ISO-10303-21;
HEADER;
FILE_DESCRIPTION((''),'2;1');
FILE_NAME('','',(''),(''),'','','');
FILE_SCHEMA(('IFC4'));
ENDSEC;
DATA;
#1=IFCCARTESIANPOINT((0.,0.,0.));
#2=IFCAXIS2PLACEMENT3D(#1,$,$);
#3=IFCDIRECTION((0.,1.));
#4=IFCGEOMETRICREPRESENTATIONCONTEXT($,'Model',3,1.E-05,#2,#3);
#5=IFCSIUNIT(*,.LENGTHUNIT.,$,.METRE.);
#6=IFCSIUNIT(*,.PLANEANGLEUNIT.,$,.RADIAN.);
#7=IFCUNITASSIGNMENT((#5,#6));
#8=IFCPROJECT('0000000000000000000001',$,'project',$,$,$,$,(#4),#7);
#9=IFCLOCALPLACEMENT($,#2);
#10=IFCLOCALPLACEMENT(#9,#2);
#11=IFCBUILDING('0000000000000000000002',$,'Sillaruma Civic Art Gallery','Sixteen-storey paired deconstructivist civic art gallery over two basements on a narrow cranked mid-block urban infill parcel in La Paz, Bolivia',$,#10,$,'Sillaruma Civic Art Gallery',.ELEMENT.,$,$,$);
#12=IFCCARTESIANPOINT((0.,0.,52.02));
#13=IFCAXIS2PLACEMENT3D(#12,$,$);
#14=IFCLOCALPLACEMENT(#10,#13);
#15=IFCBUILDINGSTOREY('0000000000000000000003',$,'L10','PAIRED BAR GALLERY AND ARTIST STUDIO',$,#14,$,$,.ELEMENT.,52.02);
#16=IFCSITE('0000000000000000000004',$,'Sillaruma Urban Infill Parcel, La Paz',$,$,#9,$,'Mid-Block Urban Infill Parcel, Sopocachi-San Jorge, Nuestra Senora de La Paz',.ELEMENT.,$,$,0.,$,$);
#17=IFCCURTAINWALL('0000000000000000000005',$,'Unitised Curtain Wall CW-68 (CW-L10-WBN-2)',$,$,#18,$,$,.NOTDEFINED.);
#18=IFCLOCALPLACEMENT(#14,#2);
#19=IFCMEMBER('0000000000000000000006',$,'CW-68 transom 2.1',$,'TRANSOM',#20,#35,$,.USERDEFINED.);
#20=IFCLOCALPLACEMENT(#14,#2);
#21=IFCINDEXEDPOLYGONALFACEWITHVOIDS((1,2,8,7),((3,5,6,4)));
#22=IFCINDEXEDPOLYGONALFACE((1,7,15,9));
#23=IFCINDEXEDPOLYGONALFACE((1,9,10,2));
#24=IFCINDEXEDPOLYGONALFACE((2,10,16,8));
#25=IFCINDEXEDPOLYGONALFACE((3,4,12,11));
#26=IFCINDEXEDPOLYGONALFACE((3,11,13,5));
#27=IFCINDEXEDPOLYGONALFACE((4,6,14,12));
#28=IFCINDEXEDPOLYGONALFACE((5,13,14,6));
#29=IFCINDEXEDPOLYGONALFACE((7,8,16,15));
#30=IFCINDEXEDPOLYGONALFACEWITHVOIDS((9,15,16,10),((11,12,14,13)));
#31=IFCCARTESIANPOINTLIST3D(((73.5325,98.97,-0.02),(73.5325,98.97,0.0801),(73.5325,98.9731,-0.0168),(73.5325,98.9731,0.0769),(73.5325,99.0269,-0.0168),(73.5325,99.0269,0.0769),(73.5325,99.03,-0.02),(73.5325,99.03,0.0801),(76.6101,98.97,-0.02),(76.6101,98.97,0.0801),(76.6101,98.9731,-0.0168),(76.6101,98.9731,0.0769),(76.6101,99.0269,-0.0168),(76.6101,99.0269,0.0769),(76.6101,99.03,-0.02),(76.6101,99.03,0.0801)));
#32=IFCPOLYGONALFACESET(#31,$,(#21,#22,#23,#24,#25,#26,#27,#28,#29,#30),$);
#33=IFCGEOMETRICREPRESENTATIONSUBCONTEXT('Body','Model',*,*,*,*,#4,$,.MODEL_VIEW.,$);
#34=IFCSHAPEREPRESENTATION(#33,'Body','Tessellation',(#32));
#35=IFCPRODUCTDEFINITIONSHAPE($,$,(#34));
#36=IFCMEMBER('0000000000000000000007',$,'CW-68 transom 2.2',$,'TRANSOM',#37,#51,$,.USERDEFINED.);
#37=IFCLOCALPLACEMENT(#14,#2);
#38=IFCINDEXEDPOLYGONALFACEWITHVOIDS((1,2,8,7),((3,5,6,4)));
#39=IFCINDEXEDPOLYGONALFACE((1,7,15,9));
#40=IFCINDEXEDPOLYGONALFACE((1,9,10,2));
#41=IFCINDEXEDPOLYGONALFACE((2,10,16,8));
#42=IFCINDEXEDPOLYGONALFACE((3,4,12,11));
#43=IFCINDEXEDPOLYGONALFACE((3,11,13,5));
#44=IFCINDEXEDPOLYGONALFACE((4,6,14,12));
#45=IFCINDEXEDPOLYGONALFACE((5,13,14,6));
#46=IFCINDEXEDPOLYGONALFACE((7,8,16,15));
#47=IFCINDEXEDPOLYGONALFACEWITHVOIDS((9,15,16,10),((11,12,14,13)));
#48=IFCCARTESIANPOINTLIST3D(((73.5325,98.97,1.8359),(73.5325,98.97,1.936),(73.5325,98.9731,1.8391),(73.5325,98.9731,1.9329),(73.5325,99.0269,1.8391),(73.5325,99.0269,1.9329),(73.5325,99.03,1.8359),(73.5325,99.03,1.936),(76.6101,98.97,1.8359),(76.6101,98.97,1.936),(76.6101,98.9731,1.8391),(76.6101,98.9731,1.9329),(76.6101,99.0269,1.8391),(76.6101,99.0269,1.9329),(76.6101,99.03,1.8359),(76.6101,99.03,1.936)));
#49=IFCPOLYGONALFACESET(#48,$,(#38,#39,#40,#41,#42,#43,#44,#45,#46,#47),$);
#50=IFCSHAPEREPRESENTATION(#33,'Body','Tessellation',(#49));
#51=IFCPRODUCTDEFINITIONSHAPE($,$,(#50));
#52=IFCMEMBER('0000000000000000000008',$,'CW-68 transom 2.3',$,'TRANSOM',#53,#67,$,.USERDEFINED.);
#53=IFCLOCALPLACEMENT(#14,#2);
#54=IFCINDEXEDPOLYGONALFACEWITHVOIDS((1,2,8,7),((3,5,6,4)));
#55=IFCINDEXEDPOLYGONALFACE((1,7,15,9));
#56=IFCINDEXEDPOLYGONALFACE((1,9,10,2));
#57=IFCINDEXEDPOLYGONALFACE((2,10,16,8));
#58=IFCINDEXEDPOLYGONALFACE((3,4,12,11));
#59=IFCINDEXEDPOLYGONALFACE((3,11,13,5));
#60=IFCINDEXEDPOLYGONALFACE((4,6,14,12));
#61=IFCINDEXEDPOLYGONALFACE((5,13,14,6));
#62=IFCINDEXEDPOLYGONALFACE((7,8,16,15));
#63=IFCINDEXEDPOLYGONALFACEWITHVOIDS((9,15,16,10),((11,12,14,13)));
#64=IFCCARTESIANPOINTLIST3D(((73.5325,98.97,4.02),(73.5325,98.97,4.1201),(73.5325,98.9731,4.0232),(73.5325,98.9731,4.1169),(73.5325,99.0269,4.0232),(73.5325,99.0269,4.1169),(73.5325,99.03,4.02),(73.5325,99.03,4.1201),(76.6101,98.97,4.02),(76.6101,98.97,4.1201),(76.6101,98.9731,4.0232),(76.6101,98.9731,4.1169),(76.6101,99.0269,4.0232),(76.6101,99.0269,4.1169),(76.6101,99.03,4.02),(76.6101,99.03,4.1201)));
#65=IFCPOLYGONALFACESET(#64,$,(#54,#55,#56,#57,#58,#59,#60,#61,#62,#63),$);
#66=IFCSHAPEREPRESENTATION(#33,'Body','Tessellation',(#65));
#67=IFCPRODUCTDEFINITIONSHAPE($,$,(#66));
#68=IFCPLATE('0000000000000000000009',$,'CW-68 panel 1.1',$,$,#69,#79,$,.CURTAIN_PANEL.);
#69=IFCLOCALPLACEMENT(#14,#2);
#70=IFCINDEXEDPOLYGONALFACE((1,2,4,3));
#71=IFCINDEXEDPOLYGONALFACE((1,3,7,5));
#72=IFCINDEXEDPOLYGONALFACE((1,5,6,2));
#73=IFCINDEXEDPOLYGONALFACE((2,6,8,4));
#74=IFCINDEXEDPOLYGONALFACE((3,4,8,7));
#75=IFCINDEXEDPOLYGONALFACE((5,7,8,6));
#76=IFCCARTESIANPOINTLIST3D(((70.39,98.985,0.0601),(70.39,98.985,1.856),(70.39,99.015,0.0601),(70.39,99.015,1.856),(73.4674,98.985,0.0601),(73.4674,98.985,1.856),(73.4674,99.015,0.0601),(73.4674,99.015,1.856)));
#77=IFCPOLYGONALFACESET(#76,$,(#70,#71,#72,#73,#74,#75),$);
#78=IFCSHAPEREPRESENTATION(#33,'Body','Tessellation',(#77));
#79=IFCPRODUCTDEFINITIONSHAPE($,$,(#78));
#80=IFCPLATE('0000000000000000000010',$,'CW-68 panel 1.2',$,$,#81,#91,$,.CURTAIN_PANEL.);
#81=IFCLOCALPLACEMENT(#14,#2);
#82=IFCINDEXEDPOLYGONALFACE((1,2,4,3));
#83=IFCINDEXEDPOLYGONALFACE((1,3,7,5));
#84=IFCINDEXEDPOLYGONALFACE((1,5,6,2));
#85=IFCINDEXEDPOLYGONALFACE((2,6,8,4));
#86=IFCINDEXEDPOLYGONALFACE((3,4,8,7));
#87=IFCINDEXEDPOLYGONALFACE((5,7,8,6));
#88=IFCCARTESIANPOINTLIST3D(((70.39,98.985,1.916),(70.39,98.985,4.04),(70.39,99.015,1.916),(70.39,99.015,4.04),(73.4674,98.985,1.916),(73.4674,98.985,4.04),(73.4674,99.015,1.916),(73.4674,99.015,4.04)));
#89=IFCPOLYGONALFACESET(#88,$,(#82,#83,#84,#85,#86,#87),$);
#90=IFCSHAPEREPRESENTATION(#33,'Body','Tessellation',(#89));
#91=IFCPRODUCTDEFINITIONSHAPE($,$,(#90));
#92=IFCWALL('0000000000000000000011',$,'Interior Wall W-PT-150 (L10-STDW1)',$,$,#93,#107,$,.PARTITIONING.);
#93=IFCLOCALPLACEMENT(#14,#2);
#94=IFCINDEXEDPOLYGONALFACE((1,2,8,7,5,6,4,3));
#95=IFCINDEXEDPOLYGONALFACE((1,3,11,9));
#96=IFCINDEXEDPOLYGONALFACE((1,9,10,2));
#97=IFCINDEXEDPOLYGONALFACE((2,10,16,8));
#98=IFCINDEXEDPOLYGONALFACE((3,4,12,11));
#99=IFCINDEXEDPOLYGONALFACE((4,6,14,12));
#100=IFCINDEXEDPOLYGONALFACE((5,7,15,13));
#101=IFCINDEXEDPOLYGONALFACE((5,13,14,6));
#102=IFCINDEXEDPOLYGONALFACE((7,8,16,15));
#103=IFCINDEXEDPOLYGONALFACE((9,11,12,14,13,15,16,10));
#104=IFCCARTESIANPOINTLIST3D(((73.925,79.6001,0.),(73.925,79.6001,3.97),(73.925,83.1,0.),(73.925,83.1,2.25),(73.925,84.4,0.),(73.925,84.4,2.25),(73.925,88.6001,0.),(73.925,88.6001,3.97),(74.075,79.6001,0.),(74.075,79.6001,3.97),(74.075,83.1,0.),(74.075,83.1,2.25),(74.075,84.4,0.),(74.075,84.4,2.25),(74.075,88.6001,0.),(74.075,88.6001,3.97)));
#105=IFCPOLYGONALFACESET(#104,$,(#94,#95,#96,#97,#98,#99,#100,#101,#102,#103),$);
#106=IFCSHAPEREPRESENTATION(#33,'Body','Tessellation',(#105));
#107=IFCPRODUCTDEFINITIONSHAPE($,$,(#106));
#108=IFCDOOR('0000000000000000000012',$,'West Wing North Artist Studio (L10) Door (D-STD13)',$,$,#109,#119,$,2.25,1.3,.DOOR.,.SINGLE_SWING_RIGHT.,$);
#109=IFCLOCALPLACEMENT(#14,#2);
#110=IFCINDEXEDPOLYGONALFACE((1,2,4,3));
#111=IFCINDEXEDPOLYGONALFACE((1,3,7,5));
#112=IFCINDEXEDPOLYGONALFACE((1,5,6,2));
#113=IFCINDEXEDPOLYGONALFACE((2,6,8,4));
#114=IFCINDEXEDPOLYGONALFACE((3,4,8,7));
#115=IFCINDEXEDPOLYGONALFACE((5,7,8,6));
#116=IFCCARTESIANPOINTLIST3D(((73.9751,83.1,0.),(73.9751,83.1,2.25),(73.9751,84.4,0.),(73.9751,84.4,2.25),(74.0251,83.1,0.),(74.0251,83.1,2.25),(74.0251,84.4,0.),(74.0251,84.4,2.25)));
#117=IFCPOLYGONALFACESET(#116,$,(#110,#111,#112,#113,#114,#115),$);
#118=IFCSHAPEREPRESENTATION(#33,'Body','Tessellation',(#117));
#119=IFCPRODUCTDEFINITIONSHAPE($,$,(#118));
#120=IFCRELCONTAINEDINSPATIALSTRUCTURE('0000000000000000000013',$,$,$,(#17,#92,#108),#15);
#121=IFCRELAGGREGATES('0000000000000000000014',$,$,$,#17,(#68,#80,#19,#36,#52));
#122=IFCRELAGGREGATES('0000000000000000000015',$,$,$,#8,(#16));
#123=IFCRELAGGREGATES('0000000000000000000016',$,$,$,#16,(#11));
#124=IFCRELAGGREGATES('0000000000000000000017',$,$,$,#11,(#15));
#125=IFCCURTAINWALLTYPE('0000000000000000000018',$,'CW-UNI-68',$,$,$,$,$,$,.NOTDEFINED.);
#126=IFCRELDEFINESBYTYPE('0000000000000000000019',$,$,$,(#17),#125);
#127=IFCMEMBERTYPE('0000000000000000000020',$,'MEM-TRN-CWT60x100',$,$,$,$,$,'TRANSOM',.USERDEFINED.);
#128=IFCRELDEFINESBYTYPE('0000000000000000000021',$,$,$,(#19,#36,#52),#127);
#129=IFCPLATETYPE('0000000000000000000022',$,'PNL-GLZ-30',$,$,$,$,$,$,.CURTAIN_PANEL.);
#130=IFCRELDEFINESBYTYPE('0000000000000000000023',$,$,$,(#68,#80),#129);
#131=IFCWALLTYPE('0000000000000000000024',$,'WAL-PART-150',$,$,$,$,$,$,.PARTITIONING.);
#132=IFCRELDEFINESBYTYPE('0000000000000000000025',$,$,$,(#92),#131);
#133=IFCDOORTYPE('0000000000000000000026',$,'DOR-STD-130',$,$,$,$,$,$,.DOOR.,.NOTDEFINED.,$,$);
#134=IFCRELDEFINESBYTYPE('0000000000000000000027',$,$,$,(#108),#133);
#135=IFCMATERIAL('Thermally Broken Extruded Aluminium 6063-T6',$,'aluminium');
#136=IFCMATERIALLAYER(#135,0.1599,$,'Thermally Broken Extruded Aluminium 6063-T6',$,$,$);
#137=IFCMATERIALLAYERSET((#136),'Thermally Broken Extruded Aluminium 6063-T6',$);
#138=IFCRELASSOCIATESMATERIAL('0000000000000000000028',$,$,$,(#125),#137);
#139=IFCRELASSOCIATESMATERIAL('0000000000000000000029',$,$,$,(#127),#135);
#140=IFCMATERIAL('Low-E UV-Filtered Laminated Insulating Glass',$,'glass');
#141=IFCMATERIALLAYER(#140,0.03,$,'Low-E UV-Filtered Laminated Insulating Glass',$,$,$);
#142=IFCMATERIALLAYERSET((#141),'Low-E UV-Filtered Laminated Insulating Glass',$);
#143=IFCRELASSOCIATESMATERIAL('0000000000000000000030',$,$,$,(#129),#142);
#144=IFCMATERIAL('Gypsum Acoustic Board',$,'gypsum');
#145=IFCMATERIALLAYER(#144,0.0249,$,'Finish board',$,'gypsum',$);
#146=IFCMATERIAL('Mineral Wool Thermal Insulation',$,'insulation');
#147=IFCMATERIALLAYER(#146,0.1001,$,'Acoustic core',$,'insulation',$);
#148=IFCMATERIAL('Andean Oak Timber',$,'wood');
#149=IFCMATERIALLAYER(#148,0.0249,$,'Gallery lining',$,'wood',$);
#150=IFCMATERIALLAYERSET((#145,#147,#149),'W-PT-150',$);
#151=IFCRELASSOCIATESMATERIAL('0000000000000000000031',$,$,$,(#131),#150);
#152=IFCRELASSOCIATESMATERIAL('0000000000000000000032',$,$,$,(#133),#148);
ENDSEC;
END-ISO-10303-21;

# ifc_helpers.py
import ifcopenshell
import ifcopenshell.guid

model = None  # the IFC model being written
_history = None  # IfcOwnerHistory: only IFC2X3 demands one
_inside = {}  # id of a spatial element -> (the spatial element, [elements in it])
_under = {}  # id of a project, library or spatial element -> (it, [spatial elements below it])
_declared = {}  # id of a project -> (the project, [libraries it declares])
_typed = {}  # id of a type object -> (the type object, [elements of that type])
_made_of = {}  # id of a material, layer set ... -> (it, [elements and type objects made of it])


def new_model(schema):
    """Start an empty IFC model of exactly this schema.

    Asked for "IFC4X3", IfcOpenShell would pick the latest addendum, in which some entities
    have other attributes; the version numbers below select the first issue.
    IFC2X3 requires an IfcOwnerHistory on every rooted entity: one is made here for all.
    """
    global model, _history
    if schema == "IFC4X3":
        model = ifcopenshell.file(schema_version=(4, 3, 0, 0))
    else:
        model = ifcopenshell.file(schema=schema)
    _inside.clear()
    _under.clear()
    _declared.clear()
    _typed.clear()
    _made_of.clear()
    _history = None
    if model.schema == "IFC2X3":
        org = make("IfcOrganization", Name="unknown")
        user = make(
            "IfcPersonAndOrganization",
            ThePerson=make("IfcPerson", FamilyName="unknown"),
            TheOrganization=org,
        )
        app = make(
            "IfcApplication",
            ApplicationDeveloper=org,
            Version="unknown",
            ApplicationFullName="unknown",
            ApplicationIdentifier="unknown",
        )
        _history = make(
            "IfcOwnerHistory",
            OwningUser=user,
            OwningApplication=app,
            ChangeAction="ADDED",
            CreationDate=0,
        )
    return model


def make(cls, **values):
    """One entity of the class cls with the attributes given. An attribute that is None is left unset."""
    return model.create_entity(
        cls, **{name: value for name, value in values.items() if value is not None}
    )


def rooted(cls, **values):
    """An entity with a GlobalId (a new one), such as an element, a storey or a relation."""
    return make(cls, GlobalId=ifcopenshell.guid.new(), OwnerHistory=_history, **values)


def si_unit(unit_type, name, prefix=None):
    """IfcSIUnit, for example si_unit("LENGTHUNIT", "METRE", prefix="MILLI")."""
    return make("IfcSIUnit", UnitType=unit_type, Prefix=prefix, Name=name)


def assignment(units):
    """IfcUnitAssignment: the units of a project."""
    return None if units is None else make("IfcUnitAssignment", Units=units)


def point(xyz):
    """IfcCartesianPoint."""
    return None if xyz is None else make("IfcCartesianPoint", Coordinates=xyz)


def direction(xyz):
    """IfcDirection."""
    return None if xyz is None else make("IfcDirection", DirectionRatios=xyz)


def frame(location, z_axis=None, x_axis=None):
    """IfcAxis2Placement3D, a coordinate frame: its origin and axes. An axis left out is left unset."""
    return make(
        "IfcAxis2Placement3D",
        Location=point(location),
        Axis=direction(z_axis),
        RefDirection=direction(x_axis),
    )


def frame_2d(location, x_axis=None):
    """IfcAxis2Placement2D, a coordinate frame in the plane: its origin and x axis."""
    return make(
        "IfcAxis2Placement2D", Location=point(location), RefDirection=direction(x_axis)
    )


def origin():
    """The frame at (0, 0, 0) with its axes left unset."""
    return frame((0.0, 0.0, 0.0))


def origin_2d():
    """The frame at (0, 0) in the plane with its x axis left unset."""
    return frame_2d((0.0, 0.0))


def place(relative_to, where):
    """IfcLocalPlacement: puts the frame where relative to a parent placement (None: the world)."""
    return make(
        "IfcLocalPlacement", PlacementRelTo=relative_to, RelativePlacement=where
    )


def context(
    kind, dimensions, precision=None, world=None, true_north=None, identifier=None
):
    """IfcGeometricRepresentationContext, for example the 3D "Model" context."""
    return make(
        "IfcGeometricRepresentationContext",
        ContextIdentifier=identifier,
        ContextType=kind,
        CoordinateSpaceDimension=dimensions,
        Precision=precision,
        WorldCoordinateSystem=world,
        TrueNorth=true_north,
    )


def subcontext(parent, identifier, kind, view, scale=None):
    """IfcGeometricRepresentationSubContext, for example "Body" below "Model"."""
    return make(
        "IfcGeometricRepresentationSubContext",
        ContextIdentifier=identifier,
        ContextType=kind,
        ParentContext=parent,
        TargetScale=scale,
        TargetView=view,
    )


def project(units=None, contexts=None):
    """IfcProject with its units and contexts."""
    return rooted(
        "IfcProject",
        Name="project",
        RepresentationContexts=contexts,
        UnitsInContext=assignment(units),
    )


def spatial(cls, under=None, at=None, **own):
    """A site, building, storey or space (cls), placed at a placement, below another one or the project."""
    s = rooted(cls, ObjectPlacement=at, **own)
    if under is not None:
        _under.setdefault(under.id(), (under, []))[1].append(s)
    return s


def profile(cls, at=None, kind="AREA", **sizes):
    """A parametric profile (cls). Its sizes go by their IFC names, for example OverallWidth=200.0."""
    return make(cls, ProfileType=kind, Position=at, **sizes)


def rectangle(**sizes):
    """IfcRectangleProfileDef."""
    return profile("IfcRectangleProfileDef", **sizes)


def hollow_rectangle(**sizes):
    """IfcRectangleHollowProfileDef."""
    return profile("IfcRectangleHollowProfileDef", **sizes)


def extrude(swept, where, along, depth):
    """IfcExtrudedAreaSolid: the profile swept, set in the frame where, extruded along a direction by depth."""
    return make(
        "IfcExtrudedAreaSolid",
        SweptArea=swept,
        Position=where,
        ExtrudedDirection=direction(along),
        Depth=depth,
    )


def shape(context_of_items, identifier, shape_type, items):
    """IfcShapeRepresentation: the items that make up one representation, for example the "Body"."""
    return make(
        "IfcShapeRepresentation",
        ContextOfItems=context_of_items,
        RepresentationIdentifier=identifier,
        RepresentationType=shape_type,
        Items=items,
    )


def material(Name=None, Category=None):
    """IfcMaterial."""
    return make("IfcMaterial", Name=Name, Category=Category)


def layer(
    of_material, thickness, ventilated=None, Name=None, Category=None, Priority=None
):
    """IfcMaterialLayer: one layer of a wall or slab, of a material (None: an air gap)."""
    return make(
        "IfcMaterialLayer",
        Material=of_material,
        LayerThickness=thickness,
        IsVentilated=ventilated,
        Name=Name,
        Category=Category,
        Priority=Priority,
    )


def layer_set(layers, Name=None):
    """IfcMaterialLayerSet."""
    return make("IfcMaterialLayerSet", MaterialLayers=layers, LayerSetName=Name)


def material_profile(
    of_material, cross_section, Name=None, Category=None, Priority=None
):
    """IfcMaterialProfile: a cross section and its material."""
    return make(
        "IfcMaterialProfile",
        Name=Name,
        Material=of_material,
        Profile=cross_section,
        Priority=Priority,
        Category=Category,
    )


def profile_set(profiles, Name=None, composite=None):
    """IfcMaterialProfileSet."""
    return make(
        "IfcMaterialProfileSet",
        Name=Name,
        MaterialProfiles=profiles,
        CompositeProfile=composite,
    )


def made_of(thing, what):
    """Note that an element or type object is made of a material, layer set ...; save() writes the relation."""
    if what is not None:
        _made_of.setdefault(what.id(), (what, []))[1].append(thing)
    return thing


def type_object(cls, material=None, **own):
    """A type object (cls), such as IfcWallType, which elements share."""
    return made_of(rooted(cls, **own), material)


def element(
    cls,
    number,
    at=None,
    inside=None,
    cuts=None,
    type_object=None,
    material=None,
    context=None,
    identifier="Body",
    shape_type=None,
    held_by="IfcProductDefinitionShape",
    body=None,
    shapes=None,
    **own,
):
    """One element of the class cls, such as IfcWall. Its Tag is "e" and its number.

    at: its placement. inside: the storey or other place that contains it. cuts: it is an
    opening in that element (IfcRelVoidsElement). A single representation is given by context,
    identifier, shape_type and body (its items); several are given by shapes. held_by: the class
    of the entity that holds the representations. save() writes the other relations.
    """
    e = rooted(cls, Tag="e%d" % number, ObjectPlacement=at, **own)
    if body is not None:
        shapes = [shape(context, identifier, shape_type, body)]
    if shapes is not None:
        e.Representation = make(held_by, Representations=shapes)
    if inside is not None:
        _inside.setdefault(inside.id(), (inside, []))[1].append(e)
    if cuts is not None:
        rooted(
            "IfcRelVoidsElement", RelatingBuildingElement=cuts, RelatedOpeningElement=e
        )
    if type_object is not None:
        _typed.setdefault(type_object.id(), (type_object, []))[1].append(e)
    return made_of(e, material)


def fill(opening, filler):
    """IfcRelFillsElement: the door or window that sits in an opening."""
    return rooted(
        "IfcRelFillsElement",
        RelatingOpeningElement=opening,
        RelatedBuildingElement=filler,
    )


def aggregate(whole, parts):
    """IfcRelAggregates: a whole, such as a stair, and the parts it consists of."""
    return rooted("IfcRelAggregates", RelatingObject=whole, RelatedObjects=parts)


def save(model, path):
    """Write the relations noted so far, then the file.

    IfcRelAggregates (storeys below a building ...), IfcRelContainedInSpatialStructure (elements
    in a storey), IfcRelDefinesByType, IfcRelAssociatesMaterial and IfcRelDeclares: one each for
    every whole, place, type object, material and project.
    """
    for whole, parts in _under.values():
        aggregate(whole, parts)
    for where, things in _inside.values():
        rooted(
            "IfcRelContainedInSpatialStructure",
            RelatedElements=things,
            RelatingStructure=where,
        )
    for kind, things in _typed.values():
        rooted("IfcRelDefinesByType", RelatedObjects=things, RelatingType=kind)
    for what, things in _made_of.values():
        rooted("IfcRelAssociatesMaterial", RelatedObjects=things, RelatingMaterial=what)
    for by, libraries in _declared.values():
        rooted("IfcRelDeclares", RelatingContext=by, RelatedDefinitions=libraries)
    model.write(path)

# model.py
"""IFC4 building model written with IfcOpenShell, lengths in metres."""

from ifc_helpers import new_model, si_unit, direction, frame, frame_2d, origin, origin_2d, place, context, subcontext, project, spatial, rectangle, hollow_rectangle, extrude, material, layer, layer_set, material_profile, profile_set, type_object, element, fill, aggregate, save


model = new_model("IFC4")

# Units and contexts
model_context = context("Model", 3, precision=1e-05, world=origin(), true_north=direction((0.0, 1.0)))
body_context = subcontext(model_context, "Body", "Model", "MODEL_VIEW")
ifc_project = project(units=[si_unit("LENGTHUNIT", "METRE"), si_unit("PLANEANGLEUNIT", "RADIAN")], contexts=[model_context])

# Site, building, storey
site_placement = place(None, origin())
site = spatial("IfcSite", under=ifc_project, at=site_placement, Name="Sillaruma Urban Infill Parcel, La Paz", LongName="Mid-Block Urban Infill Parcel, Sopocachi-San Jorge, Nuestra Senora de La Paz", CompositionType="ELEMENT", RefElevation=0.0)
building_placement = place(site_placement, origin())
building = spatial("IfcBuilding", under=site, at=building_placement, Name="Sillaruma Civic Art Gallery", Description="Sixteen-storey paired deconstructivist civic art gallery over two basements on a narrow cranked mid-block urban infill parcel in La Paz, Bolivia", LongName="Sillaruma Civic Art Gallery", CompositionType="ELEMENT")
storey_placement = place(building_placement, frame((0.0, 0.0, 52.02)))
storey = spatial("IfcBuildingStorey", under=building, at=storey_placement, Name="L10", Description="PAIRED BAR GALLERY AND ARTIST STUDIO", CompositionType="ELEMENT", Elevation=52.02)

# Curtain wall, members, plates
ifc_material_1 = material(Name="Thermally Broken Extruded Aluminium 6063-T6", Category="aluminium")
ifc_layer_1 = layer(ifc_material_1, 0.1599, Name="Thermally Broken Extruded Aluminium 6063-T6")
ifc_layer_set_1 = layer_set([ifc_layer_1], Name="Thermally Broken Extruded Aluminium 6063-T6")
curtain_wall_type = type_object("IfcCurtainWallType", Name="CW-UNI-68", PredefinedType="NOTDEFINED", material=ifc_layer_set_1)
curtain_wall_placement = place(storey_placement, origin())
curtain_wall = element("IfcCurtainWall", 1, at=curtain_wall_placement, inside=storey, type_object=curtain_wall_type, Name="Unitised Curtain Wall CW-68 (CW-L10-WBN-2)", PredefinedType="NOTDEFINED")
ifc_material_profile_1 = material_profile(ifc_material_1, hollow_rectangle(XDim=0.0601, YDim=0.1001, WallThickness=0.0032, at=origin_2d()), Name="CWT60x100")
ifc_profile_set_1 = profile_set([ifc_material_profile_1], Name="Thermally Broken Extruded Aluminium 6063-T6")
member_type_1 = type_object("IfcMemberType", Name="MEM-TRN-CWT60x100", ElementType="TRANSOM", PredefinedType="USERDEFINED", material=ifc_profile_set_1)
member_1_placement = place(storey_placement, frame((73.5325, 99.0, 0.03), z_axis=(1.0, 0.0, 0.0), x_axis=(0.0, 1.0, 0.0)))
member_1 = element("IfcMember", 2, at=member_1_placement, type_object=member_type_1, Name="CW-68 transom 2.1", ObjectType="TRANSOM", PredefinedType="USERDEFINED", context=body_context, shape_type="SweptSolid", body=[
    extrude(hollow_rectangle(XDim=0.0601, YDim=0.1001, WallThickness=0.0032, at=origin_2d()), origin(), (0.0, 0.0, 1.0), 3.0776),
])
member_2_placement = place(storey_placement, frame((73.5325, 99.0, 1.886), z_axis=(1.0, 0.0, 0.0), x_axis=(0.0, 1.0, 0.0)))
member_2 = element("IfcMember", 3, at=member_2_placement, type_object=member_type_1, Name="CW-68 transom 2.2", ObjectType="TRANSOM", PredefinedType="USERDEFINED", context=body_context, shape_type="SweptSolid", body=[
    extrude(hollow_rectangle(XDim=0.0601, YDim=0.1001, WallThickness=0.0032, at=origin_2d()), origin(), (0.0, 0.0, 1.0), 3.0776),
])
member_3_placement = place(storey_placement, frame((73.5325, 99.0, 4.0701), z_axis=(1.0, 0.0, 0.0), x_axis=(0.0, 1.0, 0.0)))
member_3 = element("IfcMember", 4, at=member_3_placement, type_object=member_type_1, Name="CW-68 transom 2.3", ObjectType="TRANSOM", PredefinedType="USERDEFINED", context=body_context, shape_type="SweptSolid", body=[
    extrude(hollow_rectangle(XDim=0.0601, YDim=0.1001, WallThickness=0.0032, at=origin_2d()), origin(), (0.0, 0.0, 1.0), 3.0776),
])
ifc_material_2 = material(Name="Low-E UV-Filtered Laminated Insulating Glass", Category="glass")
ifc_layer_2 = layer(ifc_material_2, 0.03, Name="Low-E UV-Filtered Laminated Insulating Glass")
ifc_layer_set_2 = layer_set([ifc_layer_2], Name="Low-E UV-Filtered Laminated Insulating Glass")
plate_type = type_object("IfcPlateType", Name="PNL-GLZ-30", PredefinedType="CURTAIN_PANEL", material=ifc_layer_set_2)
plate_1_placement = place(storey_placement, frame((71.9287, 99.0, 0.0601), z_axis=(0.0, 0.0, 1.0), x_axis=(1.0, 0.0, 0.0)))
plate_1 = element("IfcPlate", 5, at=plate_1_placement, type_object=plate_type, Name="CW-68 panel 1.1", PredefinedType="CURTAIN_PANEL", context=body_context, shape_type="SweptSolid", body=[
    extrude(rectangle(XDim=3.0774, YDim=0.03, at=origin_2d()), origin(), (0.0, 0.0, 1.0), 1.7959),
])
plate_2_placement = place(storey_placement, frame((71.9287, 99.0, 1.916), z_axis=(0.0, 0.0, 1.0), x_axis=(1.0, 0.0, 0.0)))
plate_2 = element("IfcPlate", 6, at=plate_2_placement, type_object=plate_type, Name="CW-68 panel 1.2", PredefinedType="CURTAIN_PANEL", context=body_context, shape_type="SweptSolid", body=[
    extrude(rectangle(XDim=3.0774, YDim=0.03, at=origin_2d()), origin(), (0.0, 0.0, 1.0), 2.124),
])
aggregate(curtain_wall, [plate_1, plate_2, member_1, member_2, member_3])

# Wall, opening, door
ifc_material_3 = material(Name="Gypsum Acoustic Board", Category="gypsum")
ifc_layer_3 = layer(ifc_material_3, 0.0249, Name="Finish board", Category="gypsum")
ifc_material_4 = material(Name="Mineral Wool Thermal Insulation", Category="insulation")
ifc_layer_4 = layer(ifc_material_4, 0.1001, Name="Acoustic core", Category="insulation")
ifc_material_5 = material(Name="Andean Oak Timber", Category="wood")
ifc_layer_5 = layer(ifc_material_5, 0.0249, Name="Gallery lining", Category="wood")
ifc_layer_set_3 = layer_set([ifc_layer_3, ifc_layer_4, ifc_layer_5], Name="W-PT-150")
wall_type = type_object("IfcWallType", Name="WAL-PART-150", PredefinedType="PARTITIONING", material=ifc_layer_set_3)
wall_placement = place(storey_placement, frame((74.0, 79.6001, 0.0), z_axis=(0.0, 0.0, 1.0), x_axis=(0.0, 1.0, 0.0)))
wall = element("IfcWall", 7, at=wall_placement, inside=storey, type_object=wall_type, Name="Interior Wall W-PT-150 (L10-STDW1)", PredefinedType="PARTITIONING", context=body_context, shape_type="SweptSolid", body=[
    extrude(rectangle(XDim=9.0, YDim=0.1499, at=frame_2d((4.5, 0.0))), origin(), (0.0, 0.0, 1.0), 3.97),
])
opening_placement = place(wall_placement, frame((3.5, 0.0, 0.0)))
opening = element("IfcOpeningElement", 8, at=opening_placement, cuts=wall, PredefinedType="OPENING", context=body_context, shape_type="SweptSolid", body=[
    extrude(rectangle(XDim=1.3, YDim=2.25, at=frame_2d((0.6499, 1.125))), frame((0.0, 0.085, 0.0), z_axis=(0.0, -1.0, 0.0), x_axis=(1.0, 0.0, 0.0)), (0.0, 0.0, 1.0), 0.1699),
])
door_type = type_object("IfcDoorType", Name="DOR-STD-130", OperationType="NOTDEFINED", PredefinedType="DOOR", material=ifc_material_5)
door_placement = place(opening_placement, origin())
door = element("IfcDoor", 9, at=door_placement, inside=storey, type_object=door_type, Name="West Wing North Artist Studio (L10) Door (D-STD13)", OperationType="SINGLE_SWING_RIGHT", OverallHeight=2.25, OverallWidth=1.3, PredefinedType="DOOR", context=body_context, shape_type="SweptSolid", body=[
    extrude(rectangle(XDim=1.3, YDim=2.25, at=frame_2d((0.6499, 1.125))), frame((0.0, 0.0249, 0.0), z_axis=(0.0, -1.0, 0.0), x_axis=(1.0, 0.0, 0.0)), (0.0, 0.0, 1.0), 0.05),
])
fill(opening, door)

save(model, "model.ifc")
